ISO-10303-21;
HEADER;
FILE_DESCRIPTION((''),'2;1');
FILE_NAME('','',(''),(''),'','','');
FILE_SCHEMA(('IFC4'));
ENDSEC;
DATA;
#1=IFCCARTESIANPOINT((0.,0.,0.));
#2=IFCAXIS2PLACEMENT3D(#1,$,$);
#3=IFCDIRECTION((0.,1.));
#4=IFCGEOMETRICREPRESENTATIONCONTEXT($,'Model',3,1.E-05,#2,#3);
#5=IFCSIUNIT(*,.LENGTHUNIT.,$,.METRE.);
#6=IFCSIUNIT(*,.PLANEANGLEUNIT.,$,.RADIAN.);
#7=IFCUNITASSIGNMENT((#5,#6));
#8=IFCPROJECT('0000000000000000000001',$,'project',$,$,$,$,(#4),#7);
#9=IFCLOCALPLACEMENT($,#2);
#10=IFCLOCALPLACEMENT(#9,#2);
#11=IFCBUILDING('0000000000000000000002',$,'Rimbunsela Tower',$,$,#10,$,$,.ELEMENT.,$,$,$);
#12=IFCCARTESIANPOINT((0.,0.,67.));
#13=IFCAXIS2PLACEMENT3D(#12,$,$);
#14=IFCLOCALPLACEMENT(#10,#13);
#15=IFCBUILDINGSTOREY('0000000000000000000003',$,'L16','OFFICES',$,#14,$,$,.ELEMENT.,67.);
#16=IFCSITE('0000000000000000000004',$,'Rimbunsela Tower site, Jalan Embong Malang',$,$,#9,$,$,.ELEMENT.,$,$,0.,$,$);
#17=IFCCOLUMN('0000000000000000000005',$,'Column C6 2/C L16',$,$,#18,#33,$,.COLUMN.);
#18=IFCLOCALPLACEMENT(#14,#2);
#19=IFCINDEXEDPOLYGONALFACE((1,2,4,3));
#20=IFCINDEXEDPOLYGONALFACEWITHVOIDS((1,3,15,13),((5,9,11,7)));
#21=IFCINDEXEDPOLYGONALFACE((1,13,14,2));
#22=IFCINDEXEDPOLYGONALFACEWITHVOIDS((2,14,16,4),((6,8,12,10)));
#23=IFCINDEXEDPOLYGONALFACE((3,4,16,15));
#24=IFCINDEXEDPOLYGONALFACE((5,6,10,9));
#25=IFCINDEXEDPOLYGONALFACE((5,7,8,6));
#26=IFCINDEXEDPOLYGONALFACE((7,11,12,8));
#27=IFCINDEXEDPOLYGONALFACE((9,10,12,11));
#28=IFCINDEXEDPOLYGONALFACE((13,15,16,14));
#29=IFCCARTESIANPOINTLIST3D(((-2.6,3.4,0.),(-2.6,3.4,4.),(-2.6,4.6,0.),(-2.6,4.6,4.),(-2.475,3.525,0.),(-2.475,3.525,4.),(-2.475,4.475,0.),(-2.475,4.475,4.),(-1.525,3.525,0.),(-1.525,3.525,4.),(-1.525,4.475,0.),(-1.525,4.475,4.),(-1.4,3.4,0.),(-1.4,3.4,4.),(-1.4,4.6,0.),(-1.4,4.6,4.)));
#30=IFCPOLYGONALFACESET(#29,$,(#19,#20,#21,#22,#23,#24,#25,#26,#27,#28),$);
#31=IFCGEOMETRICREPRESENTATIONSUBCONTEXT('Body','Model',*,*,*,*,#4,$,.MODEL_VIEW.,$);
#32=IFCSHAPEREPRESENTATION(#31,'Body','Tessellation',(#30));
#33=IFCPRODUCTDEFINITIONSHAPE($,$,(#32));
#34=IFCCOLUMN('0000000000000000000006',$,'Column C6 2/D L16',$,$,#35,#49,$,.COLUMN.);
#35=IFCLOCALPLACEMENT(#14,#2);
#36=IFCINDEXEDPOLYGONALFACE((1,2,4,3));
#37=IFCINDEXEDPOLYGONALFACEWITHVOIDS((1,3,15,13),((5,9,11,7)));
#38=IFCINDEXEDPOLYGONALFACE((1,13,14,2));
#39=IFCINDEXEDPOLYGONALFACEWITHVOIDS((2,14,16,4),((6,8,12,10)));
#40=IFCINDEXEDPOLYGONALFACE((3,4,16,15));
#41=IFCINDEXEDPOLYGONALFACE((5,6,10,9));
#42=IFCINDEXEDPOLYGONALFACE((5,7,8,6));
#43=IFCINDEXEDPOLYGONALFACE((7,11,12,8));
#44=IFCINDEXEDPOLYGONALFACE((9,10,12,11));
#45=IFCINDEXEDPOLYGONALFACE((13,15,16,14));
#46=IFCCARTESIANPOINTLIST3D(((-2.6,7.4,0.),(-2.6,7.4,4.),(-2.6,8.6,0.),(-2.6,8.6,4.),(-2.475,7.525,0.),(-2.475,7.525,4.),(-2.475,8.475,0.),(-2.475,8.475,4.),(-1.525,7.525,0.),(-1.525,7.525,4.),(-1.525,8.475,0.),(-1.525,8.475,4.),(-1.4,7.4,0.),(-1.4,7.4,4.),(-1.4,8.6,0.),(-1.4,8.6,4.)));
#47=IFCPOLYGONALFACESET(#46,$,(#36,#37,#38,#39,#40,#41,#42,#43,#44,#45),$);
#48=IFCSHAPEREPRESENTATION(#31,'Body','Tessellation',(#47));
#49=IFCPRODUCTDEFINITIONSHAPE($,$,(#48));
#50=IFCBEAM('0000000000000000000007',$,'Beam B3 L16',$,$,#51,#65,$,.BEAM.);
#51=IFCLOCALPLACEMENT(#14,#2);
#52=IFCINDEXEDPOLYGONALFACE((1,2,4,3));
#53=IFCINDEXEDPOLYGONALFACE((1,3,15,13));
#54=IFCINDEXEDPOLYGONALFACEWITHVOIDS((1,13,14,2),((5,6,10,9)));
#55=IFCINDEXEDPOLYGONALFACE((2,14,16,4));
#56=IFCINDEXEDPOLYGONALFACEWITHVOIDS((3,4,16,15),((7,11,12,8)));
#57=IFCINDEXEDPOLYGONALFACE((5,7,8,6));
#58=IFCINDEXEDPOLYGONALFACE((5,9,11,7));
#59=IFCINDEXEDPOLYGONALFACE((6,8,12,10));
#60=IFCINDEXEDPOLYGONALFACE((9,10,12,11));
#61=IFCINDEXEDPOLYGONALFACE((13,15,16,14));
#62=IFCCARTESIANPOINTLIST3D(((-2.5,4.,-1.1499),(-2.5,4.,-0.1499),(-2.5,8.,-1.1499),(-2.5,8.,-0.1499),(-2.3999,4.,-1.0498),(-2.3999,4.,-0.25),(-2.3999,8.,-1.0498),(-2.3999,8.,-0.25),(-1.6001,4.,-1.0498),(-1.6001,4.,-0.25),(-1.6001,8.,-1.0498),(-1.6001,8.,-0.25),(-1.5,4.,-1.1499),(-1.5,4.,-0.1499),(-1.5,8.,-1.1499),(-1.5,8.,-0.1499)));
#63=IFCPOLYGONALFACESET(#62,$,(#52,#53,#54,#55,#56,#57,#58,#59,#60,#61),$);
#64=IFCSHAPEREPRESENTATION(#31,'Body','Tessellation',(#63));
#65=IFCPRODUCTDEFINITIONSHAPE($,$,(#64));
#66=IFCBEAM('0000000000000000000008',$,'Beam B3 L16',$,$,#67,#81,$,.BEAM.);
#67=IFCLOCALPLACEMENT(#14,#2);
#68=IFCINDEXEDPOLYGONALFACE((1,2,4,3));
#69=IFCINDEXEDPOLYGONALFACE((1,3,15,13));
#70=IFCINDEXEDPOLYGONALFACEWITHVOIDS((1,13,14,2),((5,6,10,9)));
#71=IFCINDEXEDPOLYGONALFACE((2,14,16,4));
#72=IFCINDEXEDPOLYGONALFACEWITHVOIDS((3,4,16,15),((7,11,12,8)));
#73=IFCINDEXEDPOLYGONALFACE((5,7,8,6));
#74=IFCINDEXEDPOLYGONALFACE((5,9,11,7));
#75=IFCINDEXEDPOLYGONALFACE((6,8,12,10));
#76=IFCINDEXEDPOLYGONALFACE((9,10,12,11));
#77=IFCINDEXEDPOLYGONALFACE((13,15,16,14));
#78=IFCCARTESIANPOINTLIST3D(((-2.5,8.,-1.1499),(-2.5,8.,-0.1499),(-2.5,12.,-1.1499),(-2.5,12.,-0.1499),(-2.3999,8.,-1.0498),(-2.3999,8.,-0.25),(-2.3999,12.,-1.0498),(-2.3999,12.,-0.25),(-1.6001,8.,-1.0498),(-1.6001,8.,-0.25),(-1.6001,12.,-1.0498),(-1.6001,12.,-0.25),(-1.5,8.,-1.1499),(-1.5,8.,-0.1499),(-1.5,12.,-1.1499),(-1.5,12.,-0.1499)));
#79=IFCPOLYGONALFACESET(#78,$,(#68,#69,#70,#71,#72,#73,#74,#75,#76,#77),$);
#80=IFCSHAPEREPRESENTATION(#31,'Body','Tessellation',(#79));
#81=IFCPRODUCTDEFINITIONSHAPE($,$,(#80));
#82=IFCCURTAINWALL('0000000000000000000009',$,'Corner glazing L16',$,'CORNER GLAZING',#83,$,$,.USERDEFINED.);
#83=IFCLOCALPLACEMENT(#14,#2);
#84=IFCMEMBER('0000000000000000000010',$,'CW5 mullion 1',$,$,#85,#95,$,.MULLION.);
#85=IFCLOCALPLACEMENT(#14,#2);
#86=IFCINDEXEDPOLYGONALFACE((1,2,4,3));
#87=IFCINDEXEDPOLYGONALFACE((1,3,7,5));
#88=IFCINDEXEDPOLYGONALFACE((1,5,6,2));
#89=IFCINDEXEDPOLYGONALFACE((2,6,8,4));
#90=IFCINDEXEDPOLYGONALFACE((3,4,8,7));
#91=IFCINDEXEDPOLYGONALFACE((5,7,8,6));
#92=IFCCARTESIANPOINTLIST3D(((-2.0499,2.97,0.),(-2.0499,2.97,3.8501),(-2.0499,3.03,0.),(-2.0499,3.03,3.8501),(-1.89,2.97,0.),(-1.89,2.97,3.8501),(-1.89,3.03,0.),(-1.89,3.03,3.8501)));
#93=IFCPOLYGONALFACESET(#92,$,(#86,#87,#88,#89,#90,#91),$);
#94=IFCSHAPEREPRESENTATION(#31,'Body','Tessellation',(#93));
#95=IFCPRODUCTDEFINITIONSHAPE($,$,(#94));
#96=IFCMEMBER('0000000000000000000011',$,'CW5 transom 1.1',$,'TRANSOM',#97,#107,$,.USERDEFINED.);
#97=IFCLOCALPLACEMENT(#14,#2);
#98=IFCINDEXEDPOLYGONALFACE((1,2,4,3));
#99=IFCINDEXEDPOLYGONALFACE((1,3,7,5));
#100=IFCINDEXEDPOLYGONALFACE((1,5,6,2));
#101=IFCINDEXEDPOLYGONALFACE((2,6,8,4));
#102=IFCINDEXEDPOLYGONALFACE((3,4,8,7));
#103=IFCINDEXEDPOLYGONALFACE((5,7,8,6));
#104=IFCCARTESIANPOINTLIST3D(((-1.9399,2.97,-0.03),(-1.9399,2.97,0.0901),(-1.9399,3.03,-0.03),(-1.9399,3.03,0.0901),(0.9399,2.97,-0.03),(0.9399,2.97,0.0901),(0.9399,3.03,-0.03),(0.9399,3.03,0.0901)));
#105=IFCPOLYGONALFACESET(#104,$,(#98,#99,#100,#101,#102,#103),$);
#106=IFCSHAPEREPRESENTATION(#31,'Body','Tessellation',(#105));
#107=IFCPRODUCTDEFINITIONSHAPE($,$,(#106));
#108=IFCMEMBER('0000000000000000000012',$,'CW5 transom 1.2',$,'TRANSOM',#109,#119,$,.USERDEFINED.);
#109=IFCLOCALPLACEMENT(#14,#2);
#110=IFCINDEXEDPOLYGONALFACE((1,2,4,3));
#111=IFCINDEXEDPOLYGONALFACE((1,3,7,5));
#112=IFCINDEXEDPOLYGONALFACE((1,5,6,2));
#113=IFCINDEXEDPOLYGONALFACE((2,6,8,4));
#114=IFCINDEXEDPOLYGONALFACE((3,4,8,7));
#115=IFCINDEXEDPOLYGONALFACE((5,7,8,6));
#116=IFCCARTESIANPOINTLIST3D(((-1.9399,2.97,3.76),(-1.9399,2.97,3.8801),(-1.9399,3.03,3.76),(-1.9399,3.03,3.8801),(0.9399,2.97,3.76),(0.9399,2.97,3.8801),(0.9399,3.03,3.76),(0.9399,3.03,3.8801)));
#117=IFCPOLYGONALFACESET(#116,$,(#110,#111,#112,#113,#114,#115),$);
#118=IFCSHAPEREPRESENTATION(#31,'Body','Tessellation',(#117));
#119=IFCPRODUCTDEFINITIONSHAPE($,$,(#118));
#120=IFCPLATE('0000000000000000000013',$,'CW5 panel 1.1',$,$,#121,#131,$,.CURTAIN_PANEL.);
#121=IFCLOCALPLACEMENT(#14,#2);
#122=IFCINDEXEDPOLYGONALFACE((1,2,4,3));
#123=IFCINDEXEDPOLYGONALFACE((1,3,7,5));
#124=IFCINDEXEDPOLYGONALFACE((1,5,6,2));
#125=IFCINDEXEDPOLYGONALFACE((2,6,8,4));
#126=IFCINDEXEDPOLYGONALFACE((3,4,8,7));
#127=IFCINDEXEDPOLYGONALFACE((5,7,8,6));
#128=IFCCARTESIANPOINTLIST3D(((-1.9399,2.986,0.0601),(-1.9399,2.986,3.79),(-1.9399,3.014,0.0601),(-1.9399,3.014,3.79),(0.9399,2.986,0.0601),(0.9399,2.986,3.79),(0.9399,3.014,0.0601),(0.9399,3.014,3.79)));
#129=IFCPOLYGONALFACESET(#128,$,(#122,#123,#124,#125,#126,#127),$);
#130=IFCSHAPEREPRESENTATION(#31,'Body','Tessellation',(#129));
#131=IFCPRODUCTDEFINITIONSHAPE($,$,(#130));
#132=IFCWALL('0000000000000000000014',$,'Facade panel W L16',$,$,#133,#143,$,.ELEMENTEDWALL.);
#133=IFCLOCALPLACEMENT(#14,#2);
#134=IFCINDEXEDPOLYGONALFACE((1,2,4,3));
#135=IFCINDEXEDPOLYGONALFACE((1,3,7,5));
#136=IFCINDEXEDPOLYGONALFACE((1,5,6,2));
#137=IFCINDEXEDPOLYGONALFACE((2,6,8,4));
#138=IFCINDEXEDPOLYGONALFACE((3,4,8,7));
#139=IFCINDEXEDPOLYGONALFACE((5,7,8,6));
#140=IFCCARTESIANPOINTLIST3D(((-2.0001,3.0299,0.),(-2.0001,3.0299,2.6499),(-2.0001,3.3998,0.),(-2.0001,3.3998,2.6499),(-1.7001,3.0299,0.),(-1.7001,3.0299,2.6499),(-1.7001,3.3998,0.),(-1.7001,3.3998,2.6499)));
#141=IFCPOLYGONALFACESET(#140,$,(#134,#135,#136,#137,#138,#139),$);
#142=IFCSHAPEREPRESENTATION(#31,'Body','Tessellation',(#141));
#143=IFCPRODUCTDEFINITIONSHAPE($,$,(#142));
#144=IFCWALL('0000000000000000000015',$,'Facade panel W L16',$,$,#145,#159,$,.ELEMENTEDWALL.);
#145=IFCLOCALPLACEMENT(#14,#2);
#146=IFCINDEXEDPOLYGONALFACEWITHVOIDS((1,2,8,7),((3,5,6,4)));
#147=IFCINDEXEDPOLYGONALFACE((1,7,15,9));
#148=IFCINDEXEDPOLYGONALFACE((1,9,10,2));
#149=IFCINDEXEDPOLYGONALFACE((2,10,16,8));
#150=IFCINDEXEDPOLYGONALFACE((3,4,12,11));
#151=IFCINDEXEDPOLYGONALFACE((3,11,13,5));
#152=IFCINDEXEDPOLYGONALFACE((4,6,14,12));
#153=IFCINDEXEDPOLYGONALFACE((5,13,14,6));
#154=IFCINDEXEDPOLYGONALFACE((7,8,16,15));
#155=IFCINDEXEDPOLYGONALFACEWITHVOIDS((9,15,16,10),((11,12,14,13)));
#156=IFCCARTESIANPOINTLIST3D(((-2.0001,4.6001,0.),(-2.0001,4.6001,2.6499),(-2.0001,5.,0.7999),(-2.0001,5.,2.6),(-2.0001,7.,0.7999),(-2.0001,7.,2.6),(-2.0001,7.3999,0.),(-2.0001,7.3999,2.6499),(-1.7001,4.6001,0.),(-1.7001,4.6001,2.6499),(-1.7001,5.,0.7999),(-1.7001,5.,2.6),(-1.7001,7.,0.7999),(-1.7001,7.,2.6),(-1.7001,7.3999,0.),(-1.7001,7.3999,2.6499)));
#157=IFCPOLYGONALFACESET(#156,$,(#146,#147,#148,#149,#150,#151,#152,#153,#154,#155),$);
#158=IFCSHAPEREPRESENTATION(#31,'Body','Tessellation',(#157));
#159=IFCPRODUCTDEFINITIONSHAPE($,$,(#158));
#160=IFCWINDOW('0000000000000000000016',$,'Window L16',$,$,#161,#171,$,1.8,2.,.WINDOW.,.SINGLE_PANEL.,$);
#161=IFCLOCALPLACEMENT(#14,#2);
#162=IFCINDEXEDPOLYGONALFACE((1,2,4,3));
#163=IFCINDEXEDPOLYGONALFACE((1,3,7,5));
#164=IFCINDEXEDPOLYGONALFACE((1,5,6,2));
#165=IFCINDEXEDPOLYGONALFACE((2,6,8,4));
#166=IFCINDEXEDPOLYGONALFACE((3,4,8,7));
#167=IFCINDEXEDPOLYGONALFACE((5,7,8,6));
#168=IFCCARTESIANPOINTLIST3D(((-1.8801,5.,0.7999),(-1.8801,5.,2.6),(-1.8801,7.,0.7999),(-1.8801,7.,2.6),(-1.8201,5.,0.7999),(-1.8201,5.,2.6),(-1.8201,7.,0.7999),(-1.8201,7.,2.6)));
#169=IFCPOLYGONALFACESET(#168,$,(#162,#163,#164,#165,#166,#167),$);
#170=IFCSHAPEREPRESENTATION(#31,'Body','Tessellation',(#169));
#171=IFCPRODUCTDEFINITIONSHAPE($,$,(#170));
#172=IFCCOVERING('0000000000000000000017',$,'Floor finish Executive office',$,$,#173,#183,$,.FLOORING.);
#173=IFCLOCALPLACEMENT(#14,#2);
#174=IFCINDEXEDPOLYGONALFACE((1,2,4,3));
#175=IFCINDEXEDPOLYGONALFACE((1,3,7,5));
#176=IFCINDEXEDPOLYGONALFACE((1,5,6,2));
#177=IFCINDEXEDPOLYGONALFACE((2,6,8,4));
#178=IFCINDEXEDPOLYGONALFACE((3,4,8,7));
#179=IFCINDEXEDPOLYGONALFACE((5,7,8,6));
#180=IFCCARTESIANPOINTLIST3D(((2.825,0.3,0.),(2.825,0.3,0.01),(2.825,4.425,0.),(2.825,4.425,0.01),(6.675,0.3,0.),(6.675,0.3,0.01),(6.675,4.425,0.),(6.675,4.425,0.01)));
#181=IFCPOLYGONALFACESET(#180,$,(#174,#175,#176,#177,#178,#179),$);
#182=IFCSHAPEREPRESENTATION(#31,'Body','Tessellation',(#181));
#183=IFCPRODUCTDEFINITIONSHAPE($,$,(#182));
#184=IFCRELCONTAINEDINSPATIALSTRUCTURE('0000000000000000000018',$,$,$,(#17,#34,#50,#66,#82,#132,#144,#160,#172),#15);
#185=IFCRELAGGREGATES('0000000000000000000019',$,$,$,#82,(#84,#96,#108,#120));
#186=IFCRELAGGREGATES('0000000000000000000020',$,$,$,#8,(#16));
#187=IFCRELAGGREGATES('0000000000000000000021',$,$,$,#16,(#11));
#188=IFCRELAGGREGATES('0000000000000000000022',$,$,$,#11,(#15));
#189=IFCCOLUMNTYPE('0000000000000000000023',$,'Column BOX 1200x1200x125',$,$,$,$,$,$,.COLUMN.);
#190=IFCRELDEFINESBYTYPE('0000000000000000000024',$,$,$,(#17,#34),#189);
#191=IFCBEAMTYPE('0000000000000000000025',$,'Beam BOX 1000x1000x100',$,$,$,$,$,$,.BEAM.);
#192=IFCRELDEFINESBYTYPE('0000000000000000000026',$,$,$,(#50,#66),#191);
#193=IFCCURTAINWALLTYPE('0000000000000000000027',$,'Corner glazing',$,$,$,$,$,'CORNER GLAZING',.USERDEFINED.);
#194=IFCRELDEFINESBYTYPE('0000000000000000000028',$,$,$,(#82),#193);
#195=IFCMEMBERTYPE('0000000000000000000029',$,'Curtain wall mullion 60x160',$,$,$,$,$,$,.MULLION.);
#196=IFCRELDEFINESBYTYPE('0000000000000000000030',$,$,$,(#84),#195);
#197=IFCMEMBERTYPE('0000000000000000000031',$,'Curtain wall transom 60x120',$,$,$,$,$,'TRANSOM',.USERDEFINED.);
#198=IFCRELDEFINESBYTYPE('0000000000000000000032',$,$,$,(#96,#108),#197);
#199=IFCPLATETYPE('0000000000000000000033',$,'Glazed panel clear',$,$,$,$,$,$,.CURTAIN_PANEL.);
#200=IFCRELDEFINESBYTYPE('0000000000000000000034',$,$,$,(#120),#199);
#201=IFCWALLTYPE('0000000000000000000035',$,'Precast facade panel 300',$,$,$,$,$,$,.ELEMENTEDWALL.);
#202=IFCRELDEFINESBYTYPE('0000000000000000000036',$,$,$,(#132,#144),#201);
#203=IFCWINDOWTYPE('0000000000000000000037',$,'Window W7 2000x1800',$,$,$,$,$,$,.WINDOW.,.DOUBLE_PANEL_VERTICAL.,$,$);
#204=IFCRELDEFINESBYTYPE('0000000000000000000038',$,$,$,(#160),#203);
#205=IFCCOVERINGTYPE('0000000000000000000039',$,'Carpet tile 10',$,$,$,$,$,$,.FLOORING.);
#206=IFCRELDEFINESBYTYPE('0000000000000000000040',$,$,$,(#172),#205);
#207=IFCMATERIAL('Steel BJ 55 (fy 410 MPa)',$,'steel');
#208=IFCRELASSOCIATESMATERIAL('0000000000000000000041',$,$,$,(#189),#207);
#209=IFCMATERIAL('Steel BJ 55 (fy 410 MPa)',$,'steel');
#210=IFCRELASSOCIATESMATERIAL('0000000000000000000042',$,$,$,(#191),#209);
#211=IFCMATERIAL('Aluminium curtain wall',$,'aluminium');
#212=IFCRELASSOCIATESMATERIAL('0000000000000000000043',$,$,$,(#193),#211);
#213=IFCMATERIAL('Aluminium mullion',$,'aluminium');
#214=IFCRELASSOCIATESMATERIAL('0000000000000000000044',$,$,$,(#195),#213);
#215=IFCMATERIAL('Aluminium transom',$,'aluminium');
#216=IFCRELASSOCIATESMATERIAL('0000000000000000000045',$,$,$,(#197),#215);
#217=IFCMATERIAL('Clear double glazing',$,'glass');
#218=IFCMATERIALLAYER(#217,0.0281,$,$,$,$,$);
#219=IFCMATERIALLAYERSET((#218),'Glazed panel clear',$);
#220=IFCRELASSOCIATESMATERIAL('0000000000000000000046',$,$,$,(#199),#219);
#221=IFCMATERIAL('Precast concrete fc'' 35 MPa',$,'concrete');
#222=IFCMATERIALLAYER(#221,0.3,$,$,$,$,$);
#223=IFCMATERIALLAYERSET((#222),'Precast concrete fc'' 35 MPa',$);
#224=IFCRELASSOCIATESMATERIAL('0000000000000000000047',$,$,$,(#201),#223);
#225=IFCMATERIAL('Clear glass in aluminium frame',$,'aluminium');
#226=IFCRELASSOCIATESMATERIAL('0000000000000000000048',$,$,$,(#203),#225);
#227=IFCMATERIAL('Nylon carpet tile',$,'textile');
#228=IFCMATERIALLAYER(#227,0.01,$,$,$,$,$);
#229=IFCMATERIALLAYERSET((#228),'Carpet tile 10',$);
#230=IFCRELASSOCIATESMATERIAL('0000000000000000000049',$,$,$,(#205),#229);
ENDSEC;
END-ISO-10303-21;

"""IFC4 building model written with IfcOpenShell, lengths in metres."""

from ifc_helpers import new_model, si_unit, direction, frame, frame_2d, origin, origin_2d, place, context, subcontext, project, spatial, polyline, rectangle, hollow_rectangle, outline, extrude, material, layer, layer_set, material_profile, profile_set, type_object, element, fill, aggregate, save


model = new_model("IFC4")

# Units and contexts
model_context = context("Model", 3, precision=1e-05, world=origin(), true_north=direction((0.0, 1.0)))
body_context = subcontext(model_context, "Body", "Model", "MODEL_VIEW")
ifc_project = project(units=[si_unit("LENGTHUNIT", "METRE"), si_unit("PLANEANGLEUNIT", "RADIAN")], contexts=[model_context])

# Site, building, storey
site_placement = place(None, origin())
site = spatial("IfcSite", under=ifc_project, at=site_placement, Name="Rimbunsela Tower site, Jalan Embong Malang", CompositionType="ELEMENT", RefElevation=0.0)
building_placement = place(site_placement, origin())
building = spatial("IfcBuilding", under=site, at=building_placement, Name="Rimbunsela Tower", CompositionType="ELEMENT")
storey_placement = place(building_placement, frame((0.0, 0.0, 67.0)))
storey = spatial("IfcBuildingStorey", under=building, at=storey_placement, Name="L16", Description="OFFICES", CompositionType="ELEMENT", Elevation=67.0)

# Columns
ifc_material_1 = material(Name="Steel BJ 55 (fy 410 MPa)", Category="steel")
ifc_material_profile_1 = material_profile(ifc_material_1, hollow_rectangle(XDim=1.2, YDim=1.2, WallThickness=0.125, at=origin_2d()), Name="BOX 1200x1200x125")
ifc_profile_set_1 = profile_set([ifc_material_profile_1], Name="Steel BJ 55 (fy 410 MPa)")
column_type = type_object("IfcColumnType", Name="Column BOX 1200x1200x125", PredefinedType="COLUMN", material=ifc_profile_set_1)
for number, where, z_axis, x_axis, name in (
    (1, (-2.0, 4.0, 0.0), (0.0, 0.0, 1.0), (1.0, 0.0, 0.0), "Column C6 2/C L16"),
    (2, (-2.0, 8.0, 0.0), (0.0, 0.0, 1.0), (1.0, 0.0, 0.0), "Column C6 2/D L16"),
):
    element("IfcColumn", number, at=place(storey_placement, frame(where, z_axis=z_axis, x_axis=x_axis)), inside=storey, type_object=column_type, Name=name, PredefinedType="COLUMN", context=body_context, shape_type="SweptSolid", body=[
        extrude(hollow_rectangle(XDim=1.2, YDim=1.2, WallThickness=0.125, at=origin_2d()), origin(), (0.0, 0.0, 1.0), 4.0),
    ])

# Beams
ifc_material_2 = material(Name="Steel BJ 55 (fy 410 MPa)", Category="steel")
ifc_material_profile_2 = material_profile(ifc_material_2, hollow_rectangle(XDim=1.0, YDim=1.0, WallThickness=0.1001, at=origin_2d()), Name="BOX 1000x1000x100")
ifc_profile_set_2 = profile_set([ifc_material_profile_2], Name="Steel BJ 55 (fy 410 MPa)")
beam_type = type_object("IfcBeamType", Name="Beam BOX 1000x1000x100", PredefinedType="BEAM", material=ifc_profile_set_2)
for number, where, z_axis, x_axis, name in (
    (3, (-2.0, 4.0, -0.6499), (0.0, 1.0, 0.0), (-1.0, 0.0, 0.0), "Beam B3 L16"),
    (4, (-2.0, 8.0, -0.6499), (0.0, 1.0, 0.0), (-1.0, 0.0, 0.0), "Beam B3 L16"),
):
    element("IfcBeam", number, at=place(storey_placement, frame(where, z_axis=z_axis, x_axis=x_axis)), inside=storey, type_object=beam_type, Name=name, PredefinedType="BEAM", context=body_context, shape_type="SweptSolid", body=[
        extrude(hollow_rectangle(XDim=1.0, YDim=1.0, WallThickness=0.1001, at=origin_2d()), origin(), (0.0, 0.0, 1.0), 4.0),
    ])

# Curtain wall, members, plate
ifc_material_3 = material(Name="Aluminium curtain wall", Category="aluminium")
curtain_wall_type = type_object("IfcCurtainWallType", Name="Corner glazing", ElementType="CORNER GLAZING", PredefinedType="USERDEFINED", material=ifc_material_3)
curtain_wall_placement = place(storey_placement, origin())
curtain_wall = element("IfcCurtainWall", 5, at=curtain_wall_placement, inside=storey, type_object=curtain_wall_type, Name="Corner glazing L16", ObjectType="CORNER GLAZING", PredefinedType="USERDEFINED")
ifc_material_4 = material(Name="Aluminium mullion", Category="aluminium")
ifc_material_profile_3 = material_profile(ifc_material_4, rectangle(XDim=0.0601, YDim=0.1599, at=origin_2d()), Name="Mullion 60x160")
ifc_profile_set_3 = profile_set([ifc_material_profile_3], Name="Aluminium mullion")
member_type_1 = type_object("IfcMemberType", Name="Curtain wall mullion 60x160", PredefinedType="MULLION", material=ifc_profile_set_3)
member_1_placement = place(storey_placement, frame((-1.97, 3.0, 0.0), z_axis=(0.0, 0.0, 1.0), x_axis=(0.0, 1.0, 0.0)))
member_1 = element("IfcMember", 6, at=member_1_placement, type_object=member_type_1, Name="CW5 mullion 1", PredefinedType="MULLION", context=body_context, shape_type="SweptSolid", body=[
    extrude(rectangle(XDim=0.0601, YDim=0.1599, at=origin_2d()), origin(), (0.0, 0.0, 1.0), 3.8501),
])
ifc_material_5 = material(Name="Aluminium transom", Category="aluminium")
ifc_material_profile_4 = material_profile(ifc_material_5, rectangle(XDim=0.0601, YDim=0.1201, at=origin_2d()), Name="Transom 60x120")
ifc_profile_set_4 = profile_set([ifc_material_profile_4], Name="Aluminium transom")
member_type_2 = type_object("IfcMemberType", Name="Curtain wall transom 60x120", ElementType="TRANSOM", PredefinedType="USERDEFINED", material=ifc_profile_set_4)
member_2_placement = place(storey_placement, frame((-1.9399, 3.0, 0.03), z_axis=(1.0, 0.0, 0.0), x_axis=(0.0, 1.0, 0.0)))
member_2 = element("IfcMember", 7, at=member_2_placement, type_object=member_type_2, Name="CW5 transom 1.1", ObjectType="TRANSOM", PredefinedType="USERDEFINED", context=body_context, shape_type="SweptSolid", body=[
    extrude(rectangle(XDim=0.0601, YDim=0.1201, at=origin_2d()), origin(), (0.0, 0.0, 1.0), 2.8799),
])
member_3_placement = place(storey_placement, frame((-1.9399, 3.0, 3.8201), z_axis=(1.0, 0.0, 0.0), x_axis=(0.0, 1.0, 0.0)))
member_3 = element("IfcMember", 8, at=member_3_placement, type_object=member_type_2, Name="CW5 transom 1.2", ObjectType="TRANSOM", PredefinedType="USERDEFINED", context=body_context, shape_type="SweptSolid", body=[
    extrude(rectangle(XDim=0.0601, YDim=0.1201, at=origin_2d()), origin(), (0.0, 0.0, 1.0), 2.8799),
])
ifc_material_6 = material(Name="Clear double glazing", Category="glass")
ifc_layer_1 = layer(ifc_material_6, 0.0281)
ifc_layer_set_1 = layer_set([ifc_layer_1], Name="Glazed panel clear")
plate_type = type_object("IfcPlateType", Name="Glazed panel clear", PredefinedType="CURTAIN_PANEL", material=ifc_layer_set_1)
plate_placement = place(storey_placement, frame((-0.5, 3.0, 0.0601), z_axis=(0.0, 0.0, 1.0), x_axis=(1.0, 0.0, 0.0)))
plate = element("IfcPlate", 9, at=plate_placement, type_object=plate_type, Name="CW5 panel 1.1", PredefinedType="CURTAIN_PANEL", context=body_context, shape_type="SweptSolid", body=[
    extrude(rectangle(XDim=2.8799, YDim=0.0281, at=origin_2d()), origin(), (0.0, 0.0, 1.0), 3.73),
])
aggregate(curtain_wall, [member_1, member_2, member_3, plate])

# Wall
ifc_material_7 = material(Name="Precast concrete fc' 35 MPa", Category="concrete")
ifc_layer_2 = layer(ifc_material_7, 0.3)
ifc_layer_set_2 = layer_set([ifc_layer_2], Name="Precast concrete fc' 35 MPa")
wall_type = type_object("IfcWallType", Name="Precast facade panel 300", PredefinedType="ELEMENTEDWALL", material=ifc_layer_set_2)
wall_1_placement = place(storey_placement, frame((-1.8501, 3.3999, 0.0), z_axis=(0.0, 0.0, 1.0), x_axis=(0.0, -1.0, 0.0)))
element("IfcWall", 10, at=wall_1_placement, inside=storey, type_object=wall_type, Name="Facade panel W L16", PredefinedType="ELEMENTEDWALL", context=body_context, shape_type="SweptSolid", body=[
    extrude(rectangle(XDim=0.3699, YDim=0.3, at=frame_2d((0.1851, 0.0))), origin(), (0.0, 0.0, 1.0), 2.6499),
])

# Wall, opening, window
wall_2_placement = place(storey_placement, frame((-1.8501, 7.3999, 0.0), z_axis=(0.0, 0.0, 1.0), x_axis=(0.0, -1.0, 0.0)))
wall_2 = element("IfcWall", 11, at=wall_2_placement, inside=storey, type_object=wall_type, Name="Facade panel W L16", PredefinedType="ELEMENTEDWALL", context=body_context, shape_type="SweptSolid", body=[
    extrude(rectangle(XDim=2.7998, YDim=0.3, at=frame_2d((1.3999, 0.0))), origin(), (0.0, 0.0, 1.0), 2.6499),
])
opening_placement = place(wall_2_placement, frame((0.3999, 0.0, 0.8)))
opening = element("IfcOpeningElement", 12, at=opening_placement, cuts=wall_2, PredefinedType="OPENING", context=body_context, shape_type="SweptSolid", body=[
    extrude(rectangle(XDim=2.0, YDim=1.8, at=frame_2d((1.0, 0.8999))), frame((0.0, 0.1599, 0.0), z_axis=(0.0, -1.0, 0.0), x_axis=(1.0, 0.0, 0.0)), (0.0, 0.0, 1.0), 0.3201),
])
ifc_material_8 = material(Name="Clear glass in aluminium frame", Category="aluminium")
window_type = type_object("IfcWindowType", Name="Window W7 2000x1800", PartitioningType="DOUBLE_PANEL_VERTICAL", PredefinedType="WINDOW", material=ifc_material_8)
window_placement = place(opening_placement, origin())
window = element("IfcWindow", 13, at=window_placement, inside=storey, type_object=window_type, Name="Window L16", OverallHeight=1.8, OverallWidth=2.0, PartitioningType="SINGLE_PANEL", PredefinedType="WINDOW", context=body_context, shape_type="SweptSolid", body=[
    extrude(rectangle(XDim=2.0, YDim=1.8, at=frame_2d((1.0, 0.8999))), frame((0.0, 0.03, 0.0), z_axis=(0.0, -1.0, 0.0), x_axis=(1.0, 0.0, 0.0)), (0.0, 0.0, 1.0), 0.0601),
])
fill(opening, window)

# Covering
ifc_material_9 = material(Name="Nylon carpet tile", Category="textile")
ifc_layer_3 = layer(ifc_material_9, 0.01)
ifc_layer_set_3 = layer_set([ifc_layer_3], Name="Carpet tile 10")
covering_type_1 = type_object("IfcCoveringType", Name="Carpet tile 10", PredefinedType="FLOORING", material=ifc_layer_set_3)
covering_1_placement = place(storey_placement, origin())
element("IfcCovering", 14, at=covering_1_placement, inside=storey, type_object=covering_type_1, Name="Floor finish Executive office", PredefinedType="FLOORING", context=body_context, shape_type="SweptSolid", body=[
    extrude(outline(polyline([(6.675, 0.3), (6.675, 4.425), (2.825, 4.425), (2.825, 0.3), (6.675, 0.3)])), origin(), (0.0, 0.0, 1.0), 0.01),
])

save(model, "model.ifc")
